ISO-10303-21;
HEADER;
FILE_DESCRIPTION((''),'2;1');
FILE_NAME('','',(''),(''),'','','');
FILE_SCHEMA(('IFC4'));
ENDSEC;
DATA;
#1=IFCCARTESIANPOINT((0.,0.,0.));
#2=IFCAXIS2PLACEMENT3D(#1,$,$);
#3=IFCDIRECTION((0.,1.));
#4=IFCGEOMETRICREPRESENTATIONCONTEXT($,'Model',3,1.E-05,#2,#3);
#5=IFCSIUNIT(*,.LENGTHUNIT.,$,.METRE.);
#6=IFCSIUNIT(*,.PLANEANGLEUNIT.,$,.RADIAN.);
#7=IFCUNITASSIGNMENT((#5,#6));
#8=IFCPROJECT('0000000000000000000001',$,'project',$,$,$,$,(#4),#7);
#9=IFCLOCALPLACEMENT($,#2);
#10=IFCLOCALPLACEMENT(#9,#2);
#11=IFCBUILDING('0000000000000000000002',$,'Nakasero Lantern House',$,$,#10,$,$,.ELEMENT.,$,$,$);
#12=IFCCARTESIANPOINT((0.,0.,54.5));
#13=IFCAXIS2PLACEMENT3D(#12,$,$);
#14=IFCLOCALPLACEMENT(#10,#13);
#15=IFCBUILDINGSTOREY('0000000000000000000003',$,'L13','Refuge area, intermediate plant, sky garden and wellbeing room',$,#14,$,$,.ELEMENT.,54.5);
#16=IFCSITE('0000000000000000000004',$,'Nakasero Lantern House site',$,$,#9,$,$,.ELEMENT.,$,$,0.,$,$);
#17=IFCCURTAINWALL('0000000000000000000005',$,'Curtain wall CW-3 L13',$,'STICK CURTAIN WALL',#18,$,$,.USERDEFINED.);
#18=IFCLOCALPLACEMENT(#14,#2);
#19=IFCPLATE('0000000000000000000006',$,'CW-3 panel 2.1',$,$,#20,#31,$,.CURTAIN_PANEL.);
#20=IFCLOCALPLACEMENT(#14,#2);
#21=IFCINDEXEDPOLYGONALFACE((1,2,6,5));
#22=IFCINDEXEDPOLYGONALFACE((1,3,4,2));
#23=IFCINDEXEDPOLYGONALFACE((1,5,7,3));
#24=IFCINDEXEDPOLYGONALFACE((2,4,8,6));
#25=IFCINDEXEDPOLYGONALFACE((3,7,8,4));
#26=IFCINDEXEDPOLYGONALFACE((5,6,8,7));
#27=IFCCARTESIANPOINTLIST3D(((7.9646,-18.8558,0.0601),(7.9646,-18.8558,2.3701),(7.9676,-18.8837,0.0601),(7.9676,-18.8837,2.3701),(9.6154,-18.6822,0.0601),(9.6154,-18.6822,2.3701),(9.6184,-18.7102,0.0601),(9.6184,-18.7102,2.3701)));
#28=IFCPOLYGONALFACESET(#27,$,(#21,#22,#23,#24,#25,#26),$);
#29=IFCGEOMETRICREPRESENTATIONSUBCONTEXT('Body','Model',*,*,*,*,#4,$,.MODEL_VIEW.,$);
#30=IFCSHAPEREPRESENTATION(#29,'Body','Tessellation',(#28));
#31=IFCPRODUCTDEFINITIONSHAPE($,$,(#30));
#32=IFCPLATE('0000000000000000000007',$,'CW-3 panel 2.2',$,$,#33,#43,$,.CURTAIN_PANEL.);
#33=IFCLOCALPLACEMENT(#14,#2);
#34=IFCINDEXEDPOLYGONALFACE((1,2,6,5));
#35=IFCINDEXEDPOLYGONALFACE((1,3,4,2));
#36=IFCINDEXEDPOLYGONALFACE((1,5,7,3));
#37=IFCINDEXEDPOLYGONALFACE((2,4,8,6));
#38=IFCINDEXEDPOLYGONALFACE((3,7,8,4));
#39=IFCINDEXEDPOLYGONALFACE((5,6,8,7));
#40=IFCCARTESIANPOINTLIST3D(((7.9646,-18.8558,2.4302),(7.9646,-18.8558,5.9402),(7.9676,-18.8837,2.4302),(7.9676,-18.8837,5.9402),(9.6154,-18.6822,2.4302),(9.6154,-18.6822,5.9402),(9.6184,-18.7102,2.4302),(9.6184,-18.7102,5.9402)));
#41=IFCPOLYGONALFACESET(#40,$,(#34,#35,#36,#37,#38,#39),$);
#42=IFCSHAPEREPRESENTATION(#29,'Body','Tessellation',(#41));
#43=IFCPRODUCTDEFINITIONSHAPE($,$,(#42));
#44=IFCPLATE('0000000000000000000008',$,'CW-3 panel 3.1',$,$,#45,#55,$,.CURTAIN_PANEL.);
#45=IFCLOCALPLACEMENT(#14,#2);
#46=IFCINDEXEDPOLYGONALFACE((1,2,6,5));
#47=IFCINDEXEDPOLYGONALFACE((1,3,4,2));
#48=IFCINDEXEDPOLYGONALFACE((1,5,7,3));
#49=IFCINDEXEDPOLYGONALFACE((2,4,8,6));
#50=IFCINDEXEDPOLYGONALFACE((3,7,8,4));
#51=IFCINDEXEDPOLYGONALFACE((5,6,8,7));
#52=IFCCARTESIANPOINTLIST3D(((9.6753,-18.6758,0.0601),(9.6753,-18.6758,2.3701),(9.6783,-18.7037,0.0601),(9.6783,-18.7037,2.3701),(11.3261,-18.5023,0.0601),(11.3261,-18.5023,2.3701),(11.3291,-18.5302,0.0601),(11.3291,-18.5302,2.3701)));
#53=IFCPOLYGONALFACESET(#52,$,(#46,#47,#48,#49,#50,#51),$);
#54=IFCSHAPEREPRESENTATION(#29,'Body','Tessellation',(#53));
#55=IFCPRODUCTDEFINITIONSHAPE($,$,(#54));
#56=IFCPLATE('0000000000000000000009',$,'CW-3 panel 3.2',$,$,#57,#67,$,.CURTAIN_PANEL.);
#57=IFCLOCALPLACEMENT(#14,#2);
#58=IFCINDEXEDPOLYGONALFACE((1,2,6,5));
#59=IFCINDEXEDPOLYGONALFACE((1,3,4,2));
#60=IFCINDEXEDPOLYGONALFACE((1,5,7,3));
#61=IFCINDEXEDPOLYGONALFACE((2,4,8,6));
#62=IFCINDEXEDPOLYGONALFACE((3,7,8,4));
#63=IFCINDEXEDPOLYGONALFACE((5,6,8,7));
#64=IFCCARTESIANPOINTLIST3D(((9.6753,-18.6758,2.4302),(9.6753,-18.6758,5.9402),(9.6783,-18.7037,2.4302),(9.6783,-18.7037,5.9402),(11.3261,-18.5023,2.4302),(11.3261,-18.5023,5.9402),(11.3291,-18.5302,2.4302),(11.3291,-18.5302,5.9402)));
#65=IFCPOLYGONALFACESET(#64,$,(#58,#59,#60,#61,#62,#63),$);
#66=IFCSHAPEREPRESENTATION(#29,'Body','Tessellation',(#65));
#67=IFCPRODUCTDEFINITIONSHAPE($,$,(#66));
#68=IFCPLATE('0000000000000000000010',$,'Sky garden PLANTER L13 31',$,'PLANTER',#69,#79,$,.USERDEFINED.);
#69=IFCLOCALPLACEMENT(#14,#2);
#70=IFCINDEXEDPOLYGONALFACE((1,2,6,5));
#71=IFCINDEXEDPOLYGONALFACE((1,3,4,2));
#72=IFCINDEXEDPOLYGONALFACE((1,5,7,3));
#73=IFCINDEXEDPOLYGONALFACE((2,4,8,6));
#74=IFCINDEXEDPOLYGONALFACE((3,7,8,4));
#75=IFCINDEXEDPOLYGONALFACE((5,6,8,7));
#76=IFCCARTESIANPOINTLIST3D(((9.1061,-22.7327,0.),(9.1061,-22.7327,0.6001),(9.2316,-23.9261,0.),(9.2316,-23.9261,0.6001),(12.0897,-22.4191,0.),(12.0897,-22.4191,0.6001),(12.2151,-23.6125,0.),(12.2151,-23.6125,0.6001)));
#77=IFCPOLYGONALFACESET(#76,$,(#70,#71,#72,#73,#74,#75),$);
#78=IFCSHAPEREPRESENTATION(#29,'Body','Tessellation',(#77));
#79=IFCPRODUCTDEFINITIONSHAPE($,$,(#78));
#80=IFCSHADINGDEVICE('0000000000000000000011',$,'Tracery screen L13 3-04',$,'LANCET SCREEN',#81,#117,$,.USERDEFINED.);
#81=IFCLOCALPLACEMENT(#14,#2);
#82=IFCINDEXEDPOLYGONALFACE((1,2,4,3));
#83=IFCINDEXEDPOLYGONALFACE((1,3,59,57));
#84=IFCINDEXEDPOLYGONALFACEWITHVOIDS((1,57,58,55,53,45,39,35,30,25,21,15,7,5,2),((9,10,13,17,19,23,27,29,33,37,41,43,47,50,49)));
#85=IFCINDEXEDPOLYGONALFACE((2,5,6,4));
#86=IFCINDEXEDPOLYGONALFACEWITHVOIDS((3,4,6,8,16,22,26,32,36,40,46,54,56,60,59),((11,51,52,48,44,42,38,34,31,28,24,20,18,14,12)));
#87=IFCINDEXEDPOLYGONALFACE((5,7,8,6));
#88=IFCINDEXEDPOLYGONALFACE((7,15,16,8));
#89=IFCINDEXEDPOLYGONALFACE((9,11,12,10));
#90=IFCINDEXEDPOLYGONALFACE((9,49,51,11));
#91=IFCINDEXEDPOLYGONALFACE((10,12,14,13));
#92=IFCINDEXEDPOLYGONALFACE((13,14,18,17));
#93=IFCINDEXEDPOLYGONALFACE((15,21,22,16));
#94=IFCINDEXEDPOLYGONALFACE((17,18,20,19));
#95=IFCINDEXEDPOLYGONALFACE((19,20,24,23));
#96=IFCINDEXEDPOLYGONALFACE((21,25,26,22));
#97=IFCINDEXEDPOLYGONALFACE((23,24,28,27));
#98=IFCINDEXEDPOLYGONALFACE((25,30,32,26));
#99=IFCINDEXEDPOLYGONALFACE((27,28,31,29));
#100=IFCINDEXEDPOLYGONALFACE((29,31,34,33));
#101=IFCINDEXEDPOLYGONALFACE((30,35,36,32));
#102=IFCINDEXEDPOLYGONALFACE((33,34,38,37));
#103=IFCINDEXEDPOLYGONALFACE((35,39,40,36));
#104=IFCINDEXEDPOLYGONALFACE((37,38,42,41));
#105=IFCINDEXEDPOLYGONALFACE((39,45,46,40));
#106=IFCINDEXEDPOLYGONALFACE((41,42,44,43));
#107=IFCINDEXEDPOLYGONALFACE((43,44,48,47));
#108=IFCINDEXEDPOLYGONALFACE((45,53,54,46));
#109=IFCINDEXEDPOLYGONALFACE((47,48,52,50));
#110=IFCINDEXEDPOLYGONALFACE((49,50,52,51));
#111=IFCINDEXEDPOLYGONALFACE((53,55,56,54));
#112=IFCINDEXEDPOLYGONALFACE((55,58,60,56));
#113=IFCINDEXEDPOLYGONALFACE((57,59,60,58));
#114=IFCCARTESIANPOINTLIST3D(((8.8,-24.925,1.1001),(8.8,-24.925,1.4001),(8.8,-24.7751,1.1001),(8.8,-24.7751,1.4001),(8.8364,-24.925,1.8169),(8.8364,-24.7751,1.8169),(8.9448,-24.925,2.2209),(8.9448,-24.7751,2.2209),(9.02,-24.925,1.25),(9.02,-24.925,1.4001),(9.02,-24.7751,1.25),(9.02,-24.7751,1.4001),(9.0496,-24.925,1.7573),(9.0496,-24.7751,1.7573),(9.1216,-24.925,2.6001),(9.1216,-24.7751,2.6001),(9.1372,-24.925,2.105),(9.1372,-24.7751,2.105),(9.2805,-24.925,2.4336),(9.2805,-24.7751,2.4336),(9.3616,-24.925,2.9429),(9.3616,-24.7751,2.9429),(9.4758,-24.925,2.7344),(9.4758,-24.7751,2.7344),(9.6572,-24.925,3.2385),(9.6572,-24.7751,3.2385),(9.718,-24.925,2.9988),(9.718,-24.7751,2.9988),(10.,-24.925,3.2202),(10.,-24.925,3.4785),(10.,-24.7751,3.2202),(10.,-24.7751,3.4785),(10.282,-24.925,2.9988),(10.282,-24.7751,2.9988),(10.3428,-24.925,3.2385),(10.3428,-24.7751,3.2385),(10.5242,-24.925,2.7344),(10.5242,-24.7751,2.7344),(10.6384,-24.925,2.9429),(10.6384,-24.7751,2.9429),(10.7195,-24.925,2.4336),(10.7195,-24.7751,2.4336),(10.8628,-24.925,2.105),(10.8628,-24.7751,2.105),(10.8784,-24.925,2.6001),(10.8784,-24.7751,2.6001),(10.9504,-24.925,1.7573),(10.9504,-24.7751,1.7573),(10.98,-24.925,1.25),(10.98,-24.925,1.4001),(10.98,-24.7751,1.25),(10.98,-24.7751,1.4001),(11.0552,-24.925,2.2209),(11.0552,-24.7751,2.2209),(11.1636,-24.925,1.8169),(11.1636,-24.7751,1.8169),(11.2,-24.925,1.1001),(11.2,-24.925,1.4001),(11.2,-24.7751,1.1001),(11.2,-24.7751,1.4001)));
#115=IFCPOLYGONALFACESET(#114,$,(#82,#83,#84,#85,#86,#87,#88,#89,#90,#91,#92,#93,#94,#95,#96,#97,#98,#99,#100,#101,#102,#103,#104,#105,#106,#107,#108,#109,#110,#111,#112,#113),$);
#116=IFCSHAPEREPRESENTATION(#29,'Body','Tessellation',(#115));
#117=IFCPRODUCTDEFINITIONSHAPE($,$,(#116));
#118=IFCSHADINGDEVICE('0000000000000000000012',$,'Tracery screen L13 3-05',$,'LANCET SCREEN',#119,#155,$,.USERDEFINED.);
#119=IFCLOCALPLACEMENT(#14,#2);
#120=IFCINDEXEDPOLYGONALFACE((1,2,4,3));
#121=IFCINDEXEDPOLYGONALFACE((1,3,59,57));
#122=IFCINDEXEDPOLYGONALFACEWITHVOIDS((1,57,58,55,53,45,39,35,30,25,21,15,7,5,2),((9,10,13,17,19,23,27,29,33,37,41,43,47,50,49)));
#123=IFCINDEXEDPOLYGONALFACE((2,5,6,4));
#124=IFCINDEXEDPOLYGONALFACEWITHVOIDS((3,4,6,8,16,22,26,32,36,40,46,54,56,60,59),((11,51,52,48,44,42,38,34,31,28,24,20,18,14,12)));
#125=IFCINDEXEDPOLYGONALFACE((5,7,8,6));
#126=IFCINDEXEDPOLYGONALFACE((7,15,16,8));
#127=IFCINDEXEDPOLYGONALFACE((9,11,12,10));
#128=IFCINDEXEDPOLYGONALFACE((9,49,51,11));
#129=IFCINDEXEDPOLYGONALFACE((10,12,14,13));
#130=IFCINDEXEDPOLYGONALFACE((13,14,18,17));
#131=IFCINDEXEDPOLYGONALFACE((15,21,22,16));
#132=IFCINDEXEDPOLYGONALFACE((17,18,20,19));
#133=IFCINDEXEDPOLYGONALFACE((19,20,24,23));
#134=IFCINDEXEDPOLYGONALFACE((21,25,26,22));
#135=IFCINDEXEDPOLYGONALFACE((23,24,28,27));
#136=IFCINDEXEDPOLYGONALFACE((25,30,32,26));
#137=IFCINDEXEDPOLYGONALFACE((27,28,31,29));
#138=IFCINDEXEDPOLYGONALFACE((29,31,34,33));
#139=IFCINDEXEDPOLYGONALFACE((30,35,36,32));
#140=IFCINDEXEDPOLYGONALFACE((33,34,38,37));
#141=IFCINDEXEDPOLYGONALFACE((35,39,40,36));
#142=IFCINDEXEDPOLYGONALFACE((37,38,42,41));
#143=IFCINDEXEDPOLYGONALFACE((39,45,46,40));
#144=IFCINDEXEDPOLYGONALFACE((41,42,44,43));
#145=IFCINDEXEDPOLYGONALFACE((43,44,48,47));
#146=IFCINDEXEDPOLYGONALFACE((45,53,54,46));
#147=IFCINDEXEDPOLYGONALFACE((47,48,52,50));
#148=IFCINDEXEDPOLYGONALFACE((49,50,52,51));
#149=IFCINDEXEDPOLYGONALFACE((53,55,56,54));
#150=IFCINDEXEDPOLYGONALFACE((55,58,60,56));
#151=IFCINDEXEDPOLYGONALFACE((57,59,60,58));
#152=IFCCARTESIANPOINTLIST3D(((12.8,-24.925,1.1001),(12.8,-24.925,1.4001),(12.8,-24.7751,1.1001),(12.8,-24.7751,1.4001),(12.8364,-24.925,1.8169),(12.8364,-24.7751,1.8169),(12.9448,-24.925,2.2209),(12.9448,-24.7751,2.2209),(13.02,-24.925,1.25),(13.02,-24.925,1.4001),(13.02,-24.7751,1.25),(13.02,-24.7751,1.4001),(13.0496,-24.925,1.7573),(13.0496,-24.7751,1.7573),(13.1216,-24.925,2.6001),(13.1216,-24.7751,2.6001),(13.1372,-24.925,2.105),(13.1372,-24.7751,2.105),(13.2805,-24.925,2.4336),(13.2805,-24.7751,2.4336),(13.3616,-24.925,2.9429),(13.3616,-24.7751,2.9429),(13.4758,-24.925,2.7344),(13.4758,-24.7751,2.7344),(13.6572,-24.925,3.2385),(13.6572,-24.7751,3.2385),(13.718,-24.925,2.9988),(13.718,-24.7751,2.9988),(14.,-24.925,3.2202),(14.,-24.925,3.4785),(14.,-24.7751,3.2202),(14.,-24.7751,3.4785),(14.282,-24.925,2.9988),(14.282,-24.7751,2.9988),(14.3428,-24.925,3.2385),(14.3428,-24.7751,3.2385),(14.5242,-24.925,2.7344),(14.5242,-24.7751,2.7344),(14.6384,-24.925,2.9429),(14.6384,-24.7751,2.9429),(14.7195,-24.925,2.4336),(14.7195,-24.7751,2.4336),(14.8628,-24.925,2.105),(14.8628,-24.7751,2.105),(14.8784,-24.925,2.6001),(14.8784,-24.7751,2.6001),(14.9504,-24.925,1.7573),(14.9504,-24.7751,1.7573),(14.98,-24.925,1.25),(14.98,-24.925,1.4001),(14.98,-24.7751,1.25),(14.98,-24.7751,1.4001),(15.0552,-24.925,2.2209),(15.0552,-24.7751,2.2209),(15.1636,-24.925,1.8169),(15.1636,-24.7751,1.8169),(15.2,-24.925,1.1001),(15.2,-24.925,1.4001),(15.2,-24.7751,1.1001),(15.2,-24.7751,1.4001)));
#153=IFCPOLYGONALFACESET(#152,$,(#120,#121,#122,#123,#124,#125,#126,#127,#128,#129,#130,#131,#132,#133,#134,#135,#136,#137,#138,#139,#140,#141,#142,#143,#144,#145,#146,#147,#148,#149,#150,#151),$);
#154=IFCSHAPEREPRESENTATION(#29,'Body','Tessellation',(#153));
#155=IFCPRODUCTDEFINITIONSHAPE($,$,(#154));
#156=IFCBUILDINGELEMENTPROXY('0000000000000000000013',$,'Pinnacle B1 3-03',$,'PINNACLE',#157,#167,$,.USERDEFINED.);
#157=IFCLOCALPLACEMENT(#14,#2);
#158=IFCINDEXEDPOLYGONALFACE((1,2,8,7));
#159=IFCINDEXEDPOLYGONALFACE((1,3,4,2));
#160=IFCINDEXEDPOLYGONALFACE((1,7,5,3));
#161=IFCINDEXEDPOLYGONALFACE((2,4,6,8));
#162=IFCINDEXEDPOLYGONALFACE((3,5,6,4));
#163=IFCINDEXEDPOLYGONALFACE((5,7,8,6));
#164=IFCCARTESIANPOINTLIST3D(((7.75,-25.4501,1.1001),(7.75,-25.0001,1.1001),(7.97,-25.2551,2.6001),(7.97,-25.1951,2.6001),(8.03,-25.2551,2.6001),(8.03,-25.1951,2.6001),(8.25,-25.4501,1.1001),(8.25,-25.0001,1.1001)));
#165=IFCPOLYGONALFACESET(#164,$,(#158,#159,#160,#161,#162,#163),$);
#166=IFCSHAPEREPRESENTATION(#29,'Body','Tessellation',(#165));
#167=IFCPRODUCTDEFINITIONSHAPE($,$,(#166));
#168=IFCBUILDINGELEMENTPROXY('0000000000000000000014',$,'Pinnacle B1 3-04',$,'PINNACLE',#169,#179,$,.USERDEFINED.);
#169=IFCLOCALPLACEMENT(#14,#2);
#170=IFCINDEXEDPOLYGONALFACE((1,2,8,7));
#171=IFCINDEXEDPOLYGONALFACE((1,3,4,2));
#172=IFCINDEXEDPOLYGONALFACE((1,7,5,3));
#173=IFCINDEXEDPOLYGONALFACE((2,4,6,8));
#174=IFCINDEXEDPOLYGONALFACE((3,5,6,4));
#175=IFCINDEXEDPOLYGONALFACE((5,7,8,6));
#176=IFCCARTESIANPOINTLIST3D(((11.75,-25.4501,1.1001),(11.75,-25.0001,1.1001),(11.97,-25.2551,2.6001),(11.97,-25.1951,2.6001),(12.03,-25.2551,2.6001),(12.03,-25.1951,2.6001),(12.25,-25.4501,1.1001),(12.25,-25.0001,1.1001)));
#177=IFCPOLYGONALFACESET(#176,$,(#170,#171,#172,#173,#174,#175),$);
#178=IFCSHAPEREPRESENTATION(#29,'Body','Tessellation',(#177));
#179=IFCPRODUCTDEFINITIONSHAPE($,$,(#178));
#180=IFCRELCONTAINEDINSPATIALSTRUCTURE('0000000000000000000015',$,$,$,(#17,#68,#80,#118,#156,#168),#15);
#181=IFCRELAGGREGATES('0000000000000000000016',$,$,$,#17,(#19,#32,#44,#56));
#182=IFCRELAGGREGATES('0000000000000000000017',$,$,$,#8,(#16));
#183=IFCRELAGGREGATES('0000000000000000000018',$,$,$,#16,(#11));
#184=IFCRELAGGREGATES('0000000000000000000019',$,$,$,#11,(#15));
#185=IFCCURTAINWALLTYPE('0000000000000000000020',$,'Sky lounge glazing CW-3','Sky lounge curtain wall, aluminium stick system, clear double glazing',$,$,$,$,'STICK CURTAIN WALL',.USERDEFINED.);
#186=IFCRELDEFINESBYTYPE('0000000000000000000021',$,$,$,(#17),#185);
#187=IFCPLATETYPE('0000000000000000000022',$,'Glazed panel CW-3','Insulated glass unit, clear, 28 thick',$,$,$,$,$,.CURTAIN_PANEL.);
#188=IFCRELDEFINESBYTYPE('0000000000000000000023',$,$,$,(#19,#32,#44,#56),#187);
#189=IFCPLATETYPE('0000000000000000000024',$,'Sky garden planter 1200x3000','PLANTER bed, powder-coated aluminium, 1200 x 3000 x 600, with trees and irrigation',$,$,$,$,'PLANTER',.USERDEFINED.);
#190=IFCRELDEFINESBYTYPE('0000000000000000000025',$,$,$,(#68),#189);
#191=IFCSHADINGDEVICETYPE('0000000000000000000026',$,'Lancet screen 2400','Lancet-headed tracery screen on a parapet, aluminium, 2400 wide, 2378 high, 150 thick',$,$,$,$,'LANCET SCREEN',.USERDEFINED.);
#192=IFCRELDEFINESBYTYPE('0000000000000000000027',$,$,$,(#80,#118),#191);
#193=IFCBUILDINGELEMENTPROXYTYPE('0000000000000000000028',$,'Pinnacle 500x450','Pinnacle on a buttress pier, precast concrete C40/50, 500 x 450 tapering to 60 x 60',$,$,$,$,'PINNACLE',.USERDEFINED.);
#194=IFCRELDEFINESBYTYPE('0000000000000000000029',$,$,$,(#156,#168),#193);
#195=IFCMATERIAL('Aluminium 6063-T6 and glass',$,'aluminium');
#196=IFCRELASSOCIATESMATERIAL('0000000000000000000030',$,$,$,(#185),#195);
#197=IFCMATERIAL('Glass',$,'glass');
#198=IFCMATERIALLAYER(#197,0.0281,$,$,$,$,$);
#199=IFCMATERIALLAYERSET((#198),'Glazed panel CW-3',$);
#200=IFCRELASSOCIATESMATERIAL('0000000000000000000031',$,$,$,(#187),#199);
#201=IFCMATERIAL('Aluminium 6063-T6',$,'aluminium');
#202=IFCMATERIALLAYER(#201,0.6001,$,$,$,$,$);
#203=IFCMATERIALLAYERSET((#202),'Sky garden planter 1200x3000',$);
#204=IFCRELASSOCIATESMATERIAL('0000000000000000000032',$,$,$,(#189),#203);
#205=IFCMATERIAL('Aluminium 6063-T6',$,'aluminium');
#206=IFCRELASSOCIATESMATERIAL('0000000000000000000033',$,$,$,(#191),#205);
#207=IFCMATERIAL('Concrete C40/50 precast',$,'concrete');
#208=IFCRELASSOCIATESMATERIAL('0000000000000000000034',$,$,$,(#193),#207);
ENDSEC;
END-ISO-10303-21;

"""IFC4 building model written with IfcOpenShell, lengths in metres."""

from ifc_helpers import new_model, entity, si_unit, direction, frame, origin, origin_2d, place, context, subcontext, project, spatial, polyline, rectangle, outline, extrude, material, layer, layer_set, type_object, element, aggregate, save


model = new_model("IFC4")

# Units and contexts
model_context = context("Model", 3, precision=1e-05, world=origin(), true_north=direction((0.0, 1.0)))
body_context = subcontext(model_context, "Body", "Model", "MODEL_VIEW")
ifc_project = project(units=[si_unit("LENGTHUNIT", "METRE"), si_unit("PLANEANGLEUNIT", "RADIAN")], contexts=[model_context])

# Site, building, storey
site_placement = place(None, origin())
site = spatial("IfcSite", under=ifc_project, at=site_placement, Name="Nakasero Lantern House site", CompositionType="ELEMENT", RefElevation=0.0)
building_placement = place(site_placement, origin())
building = spatial("IfcBuilding", under=site, at=building_placement, Name="Nakasero Lantern House", CompositionType="ELEMENT")
storey_placement = place(building_placement, frame((0.0, 0.0, 54.5)))
storey = spatial("IfcBuildingStorey", under=building, at=storey_placement, Name="L13", Description="Refuge area, intermediate plant, sky garden and wellbeing room", CompositionType="ELEMENT", Elevation=54.5)

# Curtain wall
ifc_material_1 = material(Name="Aluminium 6063-T6 and glass", Category="aluminium")
curtain_wall_type = type_object("IfcCurtainWallType", Name="Sky lounge glazing CW-3", Description="Sky lounge curtain wall, aluminium stick system, clear double glazing", ElementType="STICK CURTAIN WALL", PredefinedType="USERDEFINED", material=ifc_material_1)
curtain_wall_placement = place(storey_placement, origin())
curtain_wall = element("IfcCurtainWall", 1, at=curtain_wall_placement, inside=storey, type_object=curtain_wall_type, Name="Curtain wall CW-3 L13", ObjectType="STICK CURTAIN WALL", PredefinedType="USERDEFINED")

# Plates
ifc_material_2 = material(Name="Glass", Category="glass")
ifc_layer_1 = layer(ifc_material_2, 0.0281)
ifc_layer_set_1 = layer_set([ifc_layer_1], Name="Glazed panel CW-3")
plate_type_1 = type_object("IfcPlateType", Name="Glazed panel CW-3", Description="Insulated glass unit, clear, 28 thick", PredefinedType="CURTAIN_PANEL", material=ifc_layer_set_1)
plate_1_placement = place(storey_placement, frame((8.7915, -18.783, 0.0601), z_axis=(0.0, 0.0, 1.0), x_axis=(0.994522, 0.104528, 0.0)))
plate_1 = element("IfcPlate", 2, at=plate_1_placement, type_object=plate_type_1, Name="CW-3 panel 2.1", PredefinedType="CURTAIN_PANEL", context=body_context, shape_type="SweptSolid", body=[
    extrude(rectangle(XDim=1.6599, YDim=0.0281, at=origin_2d()), origin(), (0.0, 0.0, 1.0), 2.3101),
])
plate_2_placement = place(storey_placement, frame((8.7915, -18.783, 2.4302), z_axis=(0.0, 0.0, 1.0), x_axis=(0.994522, 0.104528, 0.0)))
plate_2 = element("IfcPlate", 3, at=plate_2_placement, type_object=plate_type_1, Name="CW-3 panel 2.2", PredefinedType="CURTAIN_PANEL", context=body_context, shape_type="SweptSolid", body=[
    extrude(rectangle(XDim=1.6599, YDim=0.0281, at=origin_2d()), origin(), (0.0, 0.0, 1.0), 3.51),
])
plate_3_placement = place(storey_placement, frame((10.5022, -18.603, 0.0601), z_axis=(0.0, 0.0, 1.0), x_axis=(0.994522, 0.104528, 0.0)))
plate_3 = element("IfcPlate", 4, at=plate_3_placement, type_object=plate_type_1, Name="CW-3 panel 3.1", PredefinedType="CURTAIN_PANEL", context=body_context, shape_type="SweptSolid", body=[
    extrude(rectangle(XDim=1.6599, YDim=0.0281, at=origin_2d()), origin(), (0.0, 0.0, 1.0), 2.3101),
])
plate_4_placement = place(storey_placement, frame((10.5022, -18.603, 2.4302), z_axis=(0.0, 0.0, 1.0), x_axis=(0.994522, 0.104528, 0.0)))
plate_4 = element("IfcPlate", 5, at=plate_4_placement, type_object=plate_type_1, Name="CW-3 panel 3.2", PredefinedType="CURTAIN_PANEL", context=body_context, shape_type="SweptSolid", body=[
    extrude(rectangle(XDim=1.6599, YDim=0.0281, at=origin_2d()), origin(), (0.0, 0.0, 1.0), 3.51),
])
aggregate(curtain_wall, [plate_1, plate_2, plate_3, plate_4])
ifc_material_3 = material(Name="Aluminium 6063-T6", Category="aluminium")
ifc_layer_2 = layer(ifc_material_3, 0.6001)
ifc_layer_set_2 = layer_set([ifc_layer_2], Name="Sky garden planter 1200x3000")
plate_type_2 = type_object("IfcPlateType", Name="Sky garden planter 1200x3000", Description="PLANTER bed, powder-coated aluminium, 1200 x 3000 x 600, with trees and irrigation", ElementType="PLANTER", PredefinedType="USERDEFINED", material=ifc_layer_set_2)
plate_5_placement = place(storey_placement, frame((10.6606, -23.1726, 0.0), z_axis=(0.0, 0.0, 1.0), x_axis=(0.104528, -0.994522, 0.0)))
element("IfcPlate", 6, at=plate_5_placement, inside=storey, type_object=plate_type_2, Name="Sky garden PLANTER L13 31", ObjectType="PLANTER", PredefinedType="USERDEFINED", context=body_context, shape_type="SweptSolid", body=[
    extrude(rectangle(XDim=1.2, YDim=3.0, at=origin_2d()), origin(), (0.0, 0.0, 1.0), 0.6001),
])

# Shading devices
ifc_material_4 = material(Name="Aluminium 6063-T6", Category="aluminium")
shading_device_type = type_object("IfcShadingDeviceType", Name="Lancet screen 2400", Description="Lancet-headed tracery screen on a parapet, aluminium, 2400 wide, 2378 high, 150 thick", ElementType="LANCET SCREEN", PredefinedType="USERDEFINED", material=ifc_material_4)
for number, where, z_axis, x_axis, name in (
    (7, (10.0, -24.8501, 1.1001), (0.0, 0.0, 1.0), (1.0, 0.0, 0.0), "Tracery screen L13 3-04"),
    (8, (14.0, -24.8501, 1.1001), (0.0, 0.0, 1.0), (1.0, 0.0, 0.0), "Tracery screen L13 3-05"),
):
    element("IfcShadingDevice", number, at=place(storey_placement, frame(where, z_axis=z_axis, x_axis=x_axis)), inside=storey, type_object=shading_device_type, Name=name, ObjectType="LANCET SCREEN", PredefinedType="USERDEFINED", context=body_context, shape_type="SweptSolid", body=[
        extrude(outline(polyline([(-1.2, 0.0), (1.2, 0.0), (1.2, 0.3), (1.1636, 0.7168), (1.0552, 1.1208), (0.8784, 1.5), (0.6384, 1.8428), (0.3428, 2.1384), (0.0, 2.3784), (-0.3428, 2.1384), (-0.6384, 1.8428), (-0.8784, 1.5), (-1.0552, 1.1208), (-1.1636, 0.7168), (-1.2, 0.3), (-1.2, 0.0)]), holes=[polyline([(-0.98, 0.1499), (0.98, 0.1499), (0.98, 0.3), (0.9504, 0.6572), (0.8628, 1.0049), (0.7195, 1.3335), (0.5242, 1.6343), (0.282, 1.8987), (0.0, 2.1201), (-0.282, 1.8987), (-0.5242, 1.6343), (-0.7195, 1.3335), (-0.8628, 1.0049), (-0.9504, 0.6572), (-0.98, 0.3), (-0.98, 0.1499)])]), frame((0.0, 0.075, 0.0), z_axis=(0.0, -1.0, 0.0), x_axis=(1.0, 0.0, 0.0)), (0.0, 0.0, 1.0), 0.1499),
    ])

# Building element proxies
ifc_material_5 = material(Name="Concrete C40/50 precast", Category="concrete")
building_element_proxy_type = type_object("IfcBuildingElementProxyType", Name="Pinnacle 500x450", Description="Pinnacle on a buttress pier, precast concrete C40/50, 500 x 450 tapering to 60 x 60", ElementType="PINNACLE", PredefinedType="USERDEFINED", material=ifc_material_5)
for number, where, z_axis, x_axis, name in (
    (9, (8.0, -25.2251, 1.1001), (0.0, 0.0, 1.0), (0.0, -1.0, 0.0), "Pinnacle B1 3-03"),
    (10, (12.0, -25.2251, 1.1001), (0.0, 0.0, 1.0), (0.0, -1.0, 0.0), "Pinnacle B1 3-04"),
):
    element("IfcBuildingElementProxy", number, at=place(storey_placement, frame(where, z_axis=z_axis, x_axis=x_axis)), inside=storey, type_object=building_element_proxy_type, Name=name, ObjectType="PINNACLE", PredefinedType="USERDEFINED", context=body_context, shape_type="SweptSolid", body=[
        entity("IfcExtrudedAreaSolidTapered", entity("IfcRectangleProfileDef", "AREA", None, entity("IfcAxis2Placement2D", entity("IfcCartesianPoint", [0.0, 0.0])), 0.45, 0.5), entity("IfcAxis2Placement3D", entity("IfcCartesianPoint", [0.0, 0.0, 0.0])), entity("IfcDirection", [0.0, 0.0, 1.0]), 1.5, entity("IfcRectangleProfileDef", "AREA", None, entity("IfcAxis2Placement2D", entity("IfcCartesianPoint", [0.0, 0.0])), 0.0601, 0.0601)),
    ])

save(model, "model.ifc")
